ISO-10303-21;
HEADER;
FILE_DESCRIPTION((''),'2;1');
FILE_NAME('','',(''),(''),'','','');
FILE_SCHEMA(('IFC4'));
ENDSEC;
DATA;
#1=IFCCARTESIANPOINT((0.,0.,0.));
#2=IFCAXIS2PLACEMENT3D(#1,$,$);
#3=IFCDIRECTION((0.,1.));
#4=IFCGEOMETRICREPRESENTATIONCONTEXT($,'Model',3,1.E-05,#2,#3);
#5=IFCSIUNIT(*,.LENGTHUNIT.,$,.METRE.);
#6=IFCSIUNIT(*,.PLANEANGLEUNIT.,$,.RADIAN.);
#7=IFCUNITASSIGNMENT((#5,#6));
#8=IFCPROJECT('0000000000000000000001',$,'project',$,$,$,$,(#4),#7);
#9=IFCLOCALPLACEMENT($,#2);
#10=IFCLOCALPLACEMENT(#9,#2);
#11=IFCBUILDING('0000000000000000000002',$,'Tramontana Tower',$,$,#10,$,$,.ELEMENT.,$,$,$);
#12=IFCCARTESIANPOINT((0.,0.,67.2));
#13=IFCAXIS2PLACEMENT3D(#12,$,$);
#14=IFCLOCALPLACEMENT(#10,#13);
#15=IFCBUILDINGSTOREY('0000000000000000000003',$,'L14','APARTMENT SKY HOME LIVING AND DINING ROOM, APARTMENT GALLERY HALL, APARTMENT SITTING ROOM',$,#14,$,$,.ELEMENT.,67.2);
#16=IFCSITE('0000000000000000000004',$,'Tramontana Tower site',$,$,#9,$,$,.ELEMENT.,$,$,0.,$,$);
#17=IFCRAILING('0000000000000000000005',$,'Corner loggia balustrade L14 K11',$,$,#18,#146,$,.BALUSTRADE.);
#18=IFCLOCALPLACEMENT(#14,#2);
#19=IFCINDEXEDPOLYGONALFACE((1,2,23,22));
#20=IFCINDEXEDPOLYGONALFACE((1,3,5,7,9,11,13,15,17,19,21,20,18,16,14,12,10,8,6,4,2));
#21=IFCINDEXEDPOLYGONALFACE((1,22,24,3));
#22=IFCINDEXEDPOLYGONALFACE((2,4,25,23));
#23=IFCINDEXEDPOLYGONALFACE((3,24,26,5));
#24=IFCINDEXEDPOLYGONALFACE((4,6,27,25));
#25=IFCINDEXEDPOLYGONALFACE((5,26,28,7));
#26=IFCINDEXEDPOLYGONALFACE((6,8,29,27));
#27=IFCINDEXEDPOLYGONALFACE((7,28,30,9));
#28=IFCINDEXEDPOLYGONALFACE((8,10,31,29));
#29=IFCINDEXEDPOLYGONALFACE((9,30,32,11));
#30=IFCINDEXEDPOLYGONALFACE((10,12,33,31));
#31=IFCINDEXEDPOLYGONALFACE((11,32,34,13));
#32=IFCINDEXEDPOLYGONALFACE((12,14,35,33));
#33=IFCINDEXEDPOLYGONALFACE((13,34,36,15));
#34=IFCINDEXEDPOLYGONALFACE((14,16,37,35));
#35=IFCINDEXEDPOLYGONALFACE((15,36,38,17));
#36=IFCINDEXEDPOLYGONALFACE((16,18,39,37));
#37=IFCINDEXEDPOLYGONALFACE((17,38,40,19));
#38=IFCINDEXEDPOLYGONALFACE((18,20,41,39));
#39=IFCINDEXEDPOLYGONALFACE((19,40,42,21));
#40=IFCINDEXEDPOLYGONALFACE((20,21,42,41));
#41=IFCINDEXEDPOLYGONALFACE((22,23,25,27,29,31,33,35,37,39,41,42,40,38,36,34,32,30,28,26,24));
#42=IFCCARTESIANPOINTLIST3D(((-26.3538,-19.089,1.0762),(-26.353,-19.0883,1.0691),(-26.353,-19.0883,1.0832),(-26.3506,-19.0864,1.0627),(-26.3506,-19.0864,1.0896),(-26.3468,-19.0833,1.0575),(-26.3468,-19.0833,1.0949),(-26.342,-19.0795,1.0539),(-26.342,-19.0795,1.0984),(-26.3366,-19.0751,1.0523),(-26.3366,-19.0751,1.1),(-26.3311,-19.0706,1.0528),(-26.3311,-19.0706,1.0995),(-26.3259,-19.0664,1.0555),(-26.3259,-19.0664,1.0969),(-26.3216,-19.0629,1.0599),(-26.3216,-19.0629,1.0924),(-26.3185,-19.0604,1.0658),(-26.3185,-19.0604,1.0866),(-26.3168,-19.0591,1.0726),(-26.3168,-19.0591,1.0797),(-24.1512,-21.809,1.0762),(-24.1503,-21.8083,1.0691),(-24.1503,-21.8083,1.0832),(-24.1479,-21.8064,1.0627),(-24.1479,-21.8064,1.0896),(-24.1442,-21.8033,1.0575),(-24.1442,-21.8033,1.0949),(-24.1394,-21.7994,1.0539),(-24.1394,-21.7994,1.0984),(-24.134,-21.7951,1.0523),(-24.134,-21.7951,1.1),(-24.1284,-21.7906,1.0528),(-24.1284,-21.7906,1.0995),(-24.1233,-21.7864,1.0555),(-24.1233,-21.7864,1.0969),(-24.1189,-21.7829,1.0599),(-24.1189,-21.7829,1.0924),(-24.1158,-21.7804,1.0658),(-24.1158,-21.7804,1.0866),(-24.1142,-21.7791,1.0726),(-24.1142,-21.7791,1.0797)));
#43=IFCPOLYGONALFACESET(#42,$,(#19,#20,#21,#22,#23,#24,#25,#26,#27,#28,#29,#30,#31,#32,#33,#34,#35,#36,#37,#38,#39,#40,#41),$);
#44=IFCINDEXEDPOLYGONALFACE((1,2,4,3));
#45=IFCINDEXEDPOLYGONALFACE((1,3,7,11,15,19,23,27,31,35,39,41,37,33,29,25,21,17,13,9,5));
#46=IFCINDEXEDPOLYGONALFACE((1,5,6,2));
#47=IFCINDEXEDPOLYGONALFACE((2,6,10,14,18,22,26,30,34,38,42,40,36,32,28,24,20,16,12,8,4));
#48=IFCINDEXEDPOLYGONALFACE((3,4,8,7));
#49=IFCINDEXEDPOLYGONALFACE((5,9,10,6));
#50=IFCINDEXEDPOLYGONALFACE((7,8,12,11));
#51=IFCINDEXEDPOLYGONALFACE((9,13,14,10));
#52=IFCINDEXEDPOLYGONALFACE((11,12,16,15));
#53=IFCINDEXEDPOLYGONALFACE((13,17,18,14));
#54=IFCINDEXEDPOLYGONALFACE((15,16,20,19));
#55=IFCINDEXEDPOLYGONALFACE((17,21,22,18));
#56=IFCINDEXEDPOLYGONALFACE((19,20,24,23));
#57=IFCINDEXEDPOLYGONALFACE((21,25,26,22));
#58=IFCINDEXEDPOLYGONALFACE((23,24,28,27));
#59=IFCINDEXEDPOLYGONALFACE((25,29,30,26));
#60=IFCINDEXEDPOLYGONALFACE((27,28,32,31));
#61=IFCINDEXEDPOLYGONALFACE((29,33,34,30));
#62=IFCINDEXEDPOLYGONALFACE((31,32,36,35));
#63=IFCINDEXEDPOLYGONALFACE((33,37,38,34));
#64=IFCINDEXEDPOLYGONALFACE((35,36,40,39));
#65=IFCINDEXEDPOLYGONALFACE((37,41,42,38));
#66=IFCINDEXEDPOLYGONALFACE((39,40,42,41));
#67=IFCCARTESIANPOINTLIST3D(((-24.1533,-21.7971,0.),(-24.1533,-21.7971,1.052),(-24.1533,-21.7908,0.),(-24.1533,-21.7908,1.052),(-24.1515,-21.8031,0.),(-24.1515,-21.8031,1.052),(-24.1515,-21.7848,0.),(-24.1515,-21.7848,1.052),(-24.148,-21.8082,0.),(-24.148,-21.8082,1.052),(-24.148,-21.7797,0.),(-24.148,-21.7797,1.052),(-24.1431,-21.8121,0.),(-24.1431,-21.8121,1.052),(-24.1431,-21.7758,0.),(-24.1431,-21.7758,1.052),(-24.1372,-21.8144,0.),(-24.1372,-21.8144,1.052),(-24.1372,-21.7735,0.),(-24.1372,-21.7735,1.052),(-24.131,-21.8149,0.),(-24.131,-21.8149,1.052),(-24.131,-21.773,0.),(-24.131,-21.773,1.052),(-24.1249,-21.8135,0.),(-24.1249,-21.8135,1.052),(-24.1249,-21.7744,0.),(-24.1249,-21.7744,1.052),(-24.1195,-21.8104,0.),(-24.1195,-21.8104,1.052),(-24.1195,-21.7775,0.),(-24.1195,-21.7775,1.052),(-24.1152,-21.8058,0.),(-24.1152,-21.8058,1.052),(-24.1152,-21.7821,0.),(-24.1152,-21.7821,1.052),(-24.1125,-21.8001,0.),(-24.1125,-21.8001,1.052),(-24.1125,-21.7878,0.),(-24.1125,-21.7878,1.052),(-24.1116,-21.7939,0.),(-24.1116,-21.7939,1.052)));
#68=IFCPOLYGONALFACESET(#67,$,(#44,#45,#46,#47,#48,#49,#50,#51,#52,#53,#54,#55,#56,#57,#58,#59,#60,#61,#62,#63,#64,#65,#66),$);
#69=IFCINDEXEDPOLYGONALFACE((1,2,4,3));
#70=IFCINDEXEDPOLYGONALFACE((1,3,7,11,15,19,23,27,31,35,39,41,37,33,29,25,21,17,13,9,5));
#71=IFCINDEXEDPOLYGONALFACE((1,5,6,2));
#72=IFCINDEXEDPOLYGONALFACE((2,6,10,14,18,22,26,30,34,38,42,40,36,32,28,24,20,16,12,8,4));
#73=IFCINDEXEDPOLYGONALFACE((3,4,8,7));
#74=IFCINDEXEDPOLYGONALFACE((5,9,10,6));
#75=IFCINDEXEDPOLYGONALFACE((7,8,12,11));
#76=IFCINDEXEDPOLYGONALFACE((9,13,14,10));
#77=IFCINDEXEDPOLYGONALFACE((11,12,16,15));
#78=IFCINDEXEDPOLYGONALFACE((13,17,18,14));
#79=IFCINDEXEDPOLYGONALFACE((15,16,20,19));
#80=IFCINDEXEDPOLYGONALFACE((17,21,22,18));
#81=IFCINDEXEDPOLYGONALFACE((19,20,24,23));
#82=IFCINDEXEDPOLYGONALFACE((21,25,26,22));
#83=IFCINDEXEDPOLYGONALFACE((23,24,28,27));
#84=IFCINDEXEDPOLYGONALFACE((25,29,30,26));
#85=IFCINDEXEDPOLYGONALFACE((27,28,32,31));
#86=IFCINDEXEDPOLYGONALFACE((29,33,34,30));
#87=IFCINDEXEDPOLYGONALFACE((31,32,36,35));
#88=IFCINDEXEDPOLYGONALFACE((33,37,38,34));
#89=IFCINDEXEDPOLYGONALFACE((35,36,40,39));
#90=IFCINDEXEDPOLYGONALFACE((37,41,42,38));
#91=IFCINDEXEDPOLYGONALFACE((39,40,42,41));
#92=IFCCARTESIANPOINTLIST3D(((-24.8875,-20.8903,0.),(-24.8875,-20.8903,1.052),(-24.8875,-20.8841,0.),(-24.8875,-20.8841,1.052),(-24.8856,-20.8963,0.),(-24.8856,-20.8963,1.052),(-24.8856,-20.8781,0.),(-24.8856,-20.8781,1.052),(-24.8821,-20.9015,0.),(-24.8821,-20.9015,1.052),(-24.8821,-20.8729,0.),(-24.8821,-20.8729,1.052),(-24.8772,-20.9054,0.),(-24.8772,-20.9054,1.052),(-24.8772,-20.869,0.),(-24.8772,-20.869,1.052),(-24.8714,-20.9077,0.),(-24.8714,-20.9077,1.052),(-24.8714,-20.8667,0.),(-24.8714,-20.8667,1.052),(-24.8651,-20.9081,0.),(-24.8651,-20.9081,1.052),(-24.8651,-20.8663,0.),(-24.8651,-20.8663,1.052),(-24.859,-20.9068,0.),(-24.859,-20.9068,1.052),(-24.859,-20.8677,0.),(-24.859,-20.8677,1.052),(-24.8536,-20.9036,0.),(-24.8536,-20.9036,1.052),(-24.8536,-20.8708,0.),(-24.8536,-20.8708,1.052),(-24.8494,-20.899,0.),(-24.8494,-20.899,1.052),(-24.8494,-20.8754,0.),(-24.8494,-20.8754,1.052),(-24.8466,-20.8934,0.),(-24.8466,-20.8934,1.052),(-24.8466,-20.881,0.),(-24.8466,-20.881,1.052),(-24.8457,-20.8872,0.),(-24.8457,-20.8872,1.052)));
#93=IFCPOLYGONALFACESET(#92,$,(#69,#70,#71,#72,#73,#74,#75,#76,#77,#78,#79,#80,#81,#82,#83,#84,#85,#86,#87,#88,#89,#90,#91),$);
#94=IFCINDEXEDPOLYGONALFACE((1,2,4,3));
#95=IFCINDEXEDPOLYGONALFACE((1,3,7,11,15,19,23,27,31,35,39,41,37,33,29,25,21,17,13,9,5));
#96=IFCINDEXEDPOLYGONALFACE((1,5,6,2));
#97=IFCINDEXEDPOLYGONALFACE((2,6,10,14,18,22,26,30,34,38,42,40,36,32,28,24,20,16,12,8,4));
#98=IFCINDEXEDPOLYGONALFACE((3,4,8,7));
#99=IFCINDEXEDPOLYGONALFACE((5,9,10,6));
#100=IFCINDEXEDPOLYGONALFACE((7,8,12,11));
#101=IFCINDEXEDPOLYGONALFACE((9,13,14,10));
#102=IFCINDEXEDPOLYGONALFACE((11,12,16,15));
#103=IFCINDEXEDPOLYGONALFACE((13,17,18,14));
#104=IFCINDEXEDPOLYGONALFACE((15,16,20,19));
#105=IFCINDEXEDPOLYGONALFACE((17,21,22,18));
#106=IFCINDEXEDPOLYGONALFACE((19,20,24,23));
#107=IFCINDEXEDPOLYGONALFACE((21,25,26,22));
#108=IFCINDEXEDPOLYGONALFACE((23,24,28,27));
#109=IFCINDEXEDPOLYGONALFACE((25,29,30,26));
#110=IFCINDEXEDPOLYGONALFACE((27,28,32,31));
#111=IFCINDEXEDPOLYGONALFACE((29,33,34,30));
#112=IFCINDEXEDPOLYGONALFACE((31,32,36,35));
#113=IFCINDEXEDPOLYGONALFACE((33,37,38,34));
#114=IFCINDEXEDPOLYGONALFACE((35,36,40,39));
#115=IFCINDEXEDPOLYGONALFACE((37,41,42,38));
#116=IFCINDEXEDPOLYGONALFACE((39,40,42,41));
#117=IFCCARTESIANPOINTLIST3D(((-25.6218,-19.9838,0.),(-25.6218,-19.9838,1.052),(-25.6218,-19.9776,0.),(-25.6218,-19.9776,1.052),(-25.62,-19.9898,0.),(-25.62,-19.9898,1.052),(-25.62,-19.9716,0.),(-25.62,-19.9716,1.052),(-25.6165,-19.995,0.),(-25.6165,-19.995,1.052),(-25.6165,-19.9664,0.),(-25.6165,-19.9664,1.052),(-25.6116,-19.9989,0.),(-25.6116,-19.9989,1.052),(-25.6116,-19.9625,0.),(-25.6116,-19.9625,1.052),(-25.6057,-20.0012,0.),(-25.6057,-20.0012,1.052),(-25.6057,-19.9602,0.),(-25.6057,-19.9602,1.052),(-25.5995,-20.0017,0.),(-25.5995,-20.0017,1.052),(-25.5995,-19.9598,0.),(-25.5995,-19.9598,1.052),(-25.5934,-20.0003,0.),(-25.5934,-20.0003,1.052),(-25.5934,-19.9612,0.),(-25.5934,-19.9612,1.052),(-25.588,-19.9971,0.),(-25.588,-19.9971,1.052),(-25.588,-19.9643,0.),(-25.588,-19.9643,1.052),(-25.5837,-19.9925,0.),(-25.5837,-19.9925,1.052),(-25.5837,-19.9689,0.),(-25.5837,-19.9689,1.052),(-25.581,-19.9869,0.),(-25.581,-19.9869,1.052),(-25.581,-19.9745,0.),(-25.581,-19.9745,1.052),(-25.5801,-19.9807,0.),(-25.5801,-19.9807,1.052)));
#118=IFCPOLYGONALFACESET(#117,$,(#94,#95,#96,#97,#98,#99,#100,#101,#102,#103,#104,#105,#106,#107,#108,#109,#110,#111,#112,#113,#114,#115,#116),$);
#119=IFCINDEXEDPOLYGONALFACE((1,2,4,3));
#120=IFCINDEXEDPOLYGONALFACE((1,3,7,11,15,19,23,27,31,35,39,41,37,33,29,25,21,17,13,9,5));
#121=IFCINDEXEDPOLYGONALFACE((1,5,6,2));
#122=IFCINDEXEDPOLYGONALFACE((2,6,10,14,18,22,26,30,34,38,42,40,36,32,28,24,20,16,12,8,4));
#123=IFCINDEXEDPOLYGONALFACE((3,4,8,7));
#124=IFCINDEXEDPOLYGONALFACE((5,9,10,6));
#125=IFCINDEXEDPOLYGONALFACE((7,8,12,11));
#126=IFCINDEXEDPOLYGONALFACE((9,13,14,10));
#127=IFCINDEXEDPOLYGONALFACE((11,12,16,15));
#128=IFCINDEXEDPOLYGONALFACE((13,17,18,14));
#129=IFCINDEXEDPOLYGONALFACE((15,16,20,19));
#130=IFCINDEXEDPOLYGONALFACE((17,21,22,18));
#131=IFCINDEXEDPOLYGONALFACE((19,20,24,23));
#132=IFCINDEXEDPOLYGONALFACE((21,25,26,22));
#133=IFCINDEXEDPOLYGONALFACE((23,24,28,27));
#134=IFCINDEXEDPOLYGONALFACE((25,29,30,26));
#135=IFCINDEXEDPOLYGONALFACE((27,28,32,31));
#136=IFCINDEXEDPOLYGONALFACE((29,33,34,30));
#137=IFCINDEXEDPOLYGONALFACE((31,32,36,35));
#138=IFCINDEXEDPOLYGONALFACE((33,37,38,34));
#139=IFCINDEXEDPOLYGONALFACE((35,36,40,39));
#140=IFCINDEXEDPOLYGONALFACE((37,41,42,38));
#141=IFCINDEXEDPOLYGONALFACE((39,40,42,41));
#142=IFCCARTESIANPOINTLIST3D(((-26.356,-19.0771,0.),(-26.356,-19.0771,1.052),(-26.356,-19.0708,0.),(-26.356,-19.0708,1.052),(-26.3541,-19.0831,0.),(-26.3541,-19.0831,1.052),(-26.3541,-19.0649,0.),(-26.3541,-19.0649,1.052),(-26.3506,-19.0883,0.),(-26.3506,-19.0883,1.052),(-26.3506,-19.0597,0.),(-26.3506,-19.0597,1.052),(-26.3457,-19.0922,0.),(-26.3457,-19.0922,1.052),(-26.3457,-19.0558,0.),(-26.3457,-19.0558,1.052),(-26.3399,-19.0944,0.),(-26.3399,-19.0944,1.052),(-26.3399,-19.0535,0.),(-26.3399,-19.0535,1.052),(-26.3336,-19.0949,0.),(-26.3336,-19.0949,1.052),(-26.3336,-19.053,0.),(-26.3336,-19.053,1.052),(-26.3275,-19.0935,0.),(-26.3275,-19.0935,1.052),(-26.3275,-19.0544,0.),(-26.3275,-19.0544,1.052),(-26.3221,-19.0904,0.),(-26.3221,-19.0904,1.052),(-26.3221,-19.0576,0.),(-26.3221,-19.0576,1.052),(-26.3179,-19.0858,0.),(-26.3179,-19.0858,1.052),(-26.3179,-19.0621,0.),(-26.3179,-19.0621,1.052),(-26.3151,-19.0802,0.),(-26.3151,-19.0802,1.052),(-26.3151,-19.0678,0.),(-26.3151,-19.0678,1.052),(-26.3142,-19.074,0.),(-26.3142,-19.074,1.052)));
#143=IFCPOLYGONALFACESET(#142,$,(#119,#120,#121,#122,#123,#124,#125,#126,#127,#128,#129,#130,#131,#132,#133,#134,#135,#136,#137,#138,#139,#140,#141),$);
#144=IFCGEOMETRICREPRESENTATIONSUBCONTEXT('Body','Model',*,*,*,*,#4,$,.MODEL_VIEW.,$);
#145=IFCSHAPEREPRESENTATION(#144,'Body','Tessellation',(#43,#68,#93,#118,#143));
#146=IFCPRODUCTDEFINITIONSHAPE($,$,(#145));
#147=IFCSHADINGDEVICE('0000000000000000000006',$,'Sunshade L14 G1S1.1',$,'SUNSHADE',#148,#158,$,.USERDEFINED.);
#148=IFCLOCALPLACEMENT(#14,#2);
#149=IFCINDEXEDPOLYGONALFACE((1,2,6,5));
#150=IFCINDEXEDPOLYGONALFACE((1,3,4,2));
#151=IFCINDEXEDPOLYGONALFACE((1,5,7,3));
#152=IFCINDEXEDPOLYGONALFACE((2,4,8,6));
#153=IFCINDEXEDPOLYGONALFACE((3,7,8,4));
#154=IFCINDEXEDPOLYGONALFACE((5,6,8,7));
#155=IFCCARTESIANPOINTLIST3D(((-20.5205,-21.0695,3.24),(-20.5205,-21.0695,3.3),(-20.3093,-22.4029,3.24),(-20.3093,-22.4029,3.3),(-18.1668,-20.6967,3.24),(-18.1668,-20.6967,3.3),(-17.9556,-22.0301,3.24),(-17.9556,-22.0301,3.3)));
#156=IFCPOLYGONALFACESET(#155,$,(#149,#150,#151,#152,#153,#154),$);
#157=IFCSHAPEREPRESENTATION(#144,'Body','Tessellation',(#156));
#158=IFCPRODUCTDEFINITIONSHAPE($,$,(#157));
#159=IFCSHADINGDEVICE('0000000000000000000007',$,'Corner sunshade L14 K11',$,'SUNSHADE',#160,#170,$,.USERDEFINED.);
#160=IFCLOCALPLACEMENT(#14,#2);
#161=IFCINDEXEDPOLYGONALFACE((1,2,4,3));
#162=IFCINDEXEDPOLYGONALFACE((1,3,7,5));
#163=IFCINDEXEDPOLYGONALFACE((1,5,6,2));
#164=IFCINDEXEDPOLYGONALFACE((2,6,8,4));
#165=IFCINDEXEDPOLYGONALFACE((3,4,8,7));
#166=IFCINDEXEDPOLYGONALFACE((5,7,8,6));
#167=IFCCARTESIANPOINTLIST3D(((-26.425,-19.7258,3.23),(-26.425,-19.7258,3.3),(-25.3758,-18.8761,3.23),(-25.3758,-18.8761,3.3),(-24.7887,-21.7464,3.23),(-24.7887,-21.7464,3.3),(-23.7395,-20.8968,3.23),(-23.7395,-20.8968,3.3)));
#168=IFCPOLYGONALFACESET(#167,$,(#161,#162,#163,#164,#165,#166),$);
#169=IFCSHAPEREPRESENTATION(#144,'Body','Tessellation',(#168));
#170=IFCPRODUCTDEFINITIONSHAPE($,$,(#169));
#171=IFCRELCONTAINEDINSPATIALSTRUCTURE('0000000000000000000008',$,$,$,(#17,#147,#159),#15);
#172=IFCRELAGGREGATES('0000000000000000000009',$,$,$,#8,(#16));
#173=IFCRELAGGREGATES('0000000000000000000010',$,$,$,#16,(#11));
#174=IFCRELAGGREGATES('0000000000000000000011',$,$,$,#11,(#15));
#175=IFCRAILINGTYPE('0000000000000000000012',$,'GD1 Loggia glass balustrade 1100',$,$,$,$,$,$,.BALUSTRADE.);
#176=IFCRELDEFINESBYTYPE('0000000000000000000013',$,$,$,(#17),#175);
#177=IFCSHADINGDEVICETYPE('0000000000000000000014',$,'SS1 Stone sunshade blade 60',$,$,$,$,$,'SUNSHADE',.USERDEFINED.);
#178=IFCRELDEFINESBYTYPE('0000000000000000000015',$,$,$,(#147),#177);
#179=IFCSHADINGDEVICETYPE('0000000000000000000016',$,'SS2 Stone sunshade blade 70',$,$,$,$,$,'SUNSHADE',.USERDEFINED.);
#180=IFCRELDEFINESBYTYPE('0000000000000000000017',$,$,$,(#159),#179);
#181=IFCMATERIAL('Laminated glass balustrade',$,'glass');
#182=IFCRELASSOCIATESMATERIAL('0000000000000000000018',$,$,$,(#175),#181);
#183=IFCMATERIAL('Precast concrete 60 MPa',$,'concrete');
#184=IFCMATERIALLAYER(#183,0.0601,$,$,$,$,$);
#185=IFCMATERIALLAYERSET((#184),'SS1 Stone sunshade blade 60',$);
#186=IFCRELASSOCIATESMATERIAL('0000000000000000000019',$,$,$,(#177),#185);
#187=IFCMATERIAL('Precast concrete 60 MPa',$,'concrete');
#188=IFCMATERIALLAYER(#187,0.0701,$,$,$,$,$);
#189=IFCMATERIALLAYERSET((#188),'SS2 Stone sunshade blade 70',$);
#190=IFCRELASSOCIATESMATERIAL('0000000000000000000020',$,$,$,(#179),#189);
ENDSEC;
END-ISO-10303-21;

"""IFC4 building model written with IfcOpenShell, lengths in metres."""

from ifc_helpers import new_model, si_unit, direction, frame, origin, origin_2d, place, context, subcontext, project, spatial, rectangle, circle, extrude, material, layer, layer_set, type_object, element, save


model = new_model("IFC4")

# Units and contexts
model_context = context("Model", 3, precision=1e-05, world=origin(), true_north=direction((0.0, 1.0)))
body_context = subcontext(model_context, "Body", "Model", "MODEL_VIEW")
ifc_project = project(units=[si_unit("LENGTHUNIT", "METRE"), si_unit("PLANEANGLEUNIT", "RADIAN")], contexts=[model_context])

# Site, building, storey
site_placement = place(None, origin())
site = spatial("IfcSite", under=ifc_project, at=site_placement, Name="Tramontana Tower site", CompositionType="ELEMENT", RefElevation=0.0)
building_placement = place(site_placement, origin())
building = spatial("IfcBuilding", under=site, at=building_placement, Name="Tramontana Tower", CompositionType="ELEMENT")
storey_placement = place(building_placement, frame((0.0, 0.0, 67.2)))
storey = spatial("IfcBuildingStorey", under=building, at=storey_placement, Name="L14", Description="APARTMENT SKY HOME LIVING AND DINING ROOM, APARTMENT GALLERY HALL, APARTMENT SITTING ROOM", CompositionType="ELEMENT", Elevation=67.2)

# Railing
ifc_material_1 = material(Name="Laminated glass balustrade", Category="glass")
railing_type = type_object("IfcRailingType", Name="GD1 Loggia glass balustrade 1100", PredefinedType="BALUSTRADE", material=ifc_material_1)
railing_1_placement = place(storey_placement, frame((-24.1326, -21.7939, 0.0)))
element("IfcRailing", 1, at=railing_1_placement, inside=storey, type_object=railing_type, Name="Corner loggia balustrade L14 K11", PredefinedType="BALUSTRADE", context=body_context, shape_type="SweptSolid", body=[
    extrude(circle(Radius=0.0239, at=origin_2d()), frame((0.0, 0.0, 1.0762), z_axis=(-0.629329, 0.777139, 0.0), x_axis=(-0.777139, -0.629329, 0.0)), (0.0, 0.0, 1.0), 3.5),
    extrude(circle(Radius=0.021, at=origin_2d()), origin(), (0.0, 0.0, 1.0), 1.052),
    extrude(circle(Radius=0.021, at=origin_2d()), frame((-0.7341, 0.9067, 0.0)), (0.0, 0.0, 1.0), 1.052),
    extrude(circle(Radius=0.021, at=origin_2d()), frame((-1.4685, 1.8132, 0.0)), (0.0, 0.0, 1.0), 1.052),
    extrude(circle(Radius=0.021, at=origin_2d()), frame((-2.2026, 2.72, 0.0)), (0.0, 0.0, 1.0), 1.052),
])

# Shading devices
ifc_material_2 = material(Name="Precast concrete 60 MPa", Category="concrete")
ifc_layer_1 = layer(ifc_material_2, 0.0601)
ifc_layer_set_1 = layer_set([ifc_layer_1], Name="SS1 Stone sunshade blade 60")
shading_device_type_1 = type_object("IfcShadingDeviceType", Name="SS1 Stone sunshade blade 60", ElementType="SUNSHADE", PredefinedType="USERDEFINED", material=ifc_layer_set_1)
shading_device_1_placement = place(storey_placement, frame((-19.238, -21.5498, 3.24), z_axis=(0.0, 0.0, 1.0), x_axis=(0.987688, 0.156434, 0.0)))
element("IfcShadingDevice", 2, at=shading_device_1_placement, inside=storey, type_object=shading_device_type_1, Name="Sunshade L14 G1S1.1", ObjectType="SUNSHADE", PredefinedType="USERDEFINED", context=body_context, shape_type="SweptSolid", body=[
    extrude(rectangle(XDim=2.3831, YDim=1.3501, at=origin_2d()), origin(), (0.0, 0.0, 1.0), 0.0601),
])
ifc_material_3 = material(Name="Precast concrete 60 MPa", Category="concrete")
ifc_layer_2 = layer(ifc_material_3, 0.0701)
ifc_layer_set_2 = layer_set([ifc_layer_2], Name="SS2 Stone sunshade blade 70")
shading_device_type_2 = type_object("IfcShadingDeviceType", Name="SS2 Stone sunshade blade 70", ElementType="SUNSHADE", PredefinedType="USERDEFINED", material=ifc_layer_set_2)
shading_device_2_placement = place(storey_placement, frame((-25.0823, -20.3113, 3.23), z_axis=(0.0, 0.0, 1.0), x_axis=(-0.62932, 0.777146, 0.0)))
element("IfcShadingDevice", 3, at=shading_device_2_placement, inside=storey, type_object=shading_device_type_2, Name="Corner sunshade L14 K11", ObjectType="SUNSHADE", PredefinedType="USERDEFINED", context=body_context, shape_type="SweptSolid", body=[
    extrude(rectangle(XDim=2.6001, YDim=1.3501, at=origin_2d()), origin(), (0.0, 0.0, 1.0), 0.0701),
])

save(model, "model.ifc")
